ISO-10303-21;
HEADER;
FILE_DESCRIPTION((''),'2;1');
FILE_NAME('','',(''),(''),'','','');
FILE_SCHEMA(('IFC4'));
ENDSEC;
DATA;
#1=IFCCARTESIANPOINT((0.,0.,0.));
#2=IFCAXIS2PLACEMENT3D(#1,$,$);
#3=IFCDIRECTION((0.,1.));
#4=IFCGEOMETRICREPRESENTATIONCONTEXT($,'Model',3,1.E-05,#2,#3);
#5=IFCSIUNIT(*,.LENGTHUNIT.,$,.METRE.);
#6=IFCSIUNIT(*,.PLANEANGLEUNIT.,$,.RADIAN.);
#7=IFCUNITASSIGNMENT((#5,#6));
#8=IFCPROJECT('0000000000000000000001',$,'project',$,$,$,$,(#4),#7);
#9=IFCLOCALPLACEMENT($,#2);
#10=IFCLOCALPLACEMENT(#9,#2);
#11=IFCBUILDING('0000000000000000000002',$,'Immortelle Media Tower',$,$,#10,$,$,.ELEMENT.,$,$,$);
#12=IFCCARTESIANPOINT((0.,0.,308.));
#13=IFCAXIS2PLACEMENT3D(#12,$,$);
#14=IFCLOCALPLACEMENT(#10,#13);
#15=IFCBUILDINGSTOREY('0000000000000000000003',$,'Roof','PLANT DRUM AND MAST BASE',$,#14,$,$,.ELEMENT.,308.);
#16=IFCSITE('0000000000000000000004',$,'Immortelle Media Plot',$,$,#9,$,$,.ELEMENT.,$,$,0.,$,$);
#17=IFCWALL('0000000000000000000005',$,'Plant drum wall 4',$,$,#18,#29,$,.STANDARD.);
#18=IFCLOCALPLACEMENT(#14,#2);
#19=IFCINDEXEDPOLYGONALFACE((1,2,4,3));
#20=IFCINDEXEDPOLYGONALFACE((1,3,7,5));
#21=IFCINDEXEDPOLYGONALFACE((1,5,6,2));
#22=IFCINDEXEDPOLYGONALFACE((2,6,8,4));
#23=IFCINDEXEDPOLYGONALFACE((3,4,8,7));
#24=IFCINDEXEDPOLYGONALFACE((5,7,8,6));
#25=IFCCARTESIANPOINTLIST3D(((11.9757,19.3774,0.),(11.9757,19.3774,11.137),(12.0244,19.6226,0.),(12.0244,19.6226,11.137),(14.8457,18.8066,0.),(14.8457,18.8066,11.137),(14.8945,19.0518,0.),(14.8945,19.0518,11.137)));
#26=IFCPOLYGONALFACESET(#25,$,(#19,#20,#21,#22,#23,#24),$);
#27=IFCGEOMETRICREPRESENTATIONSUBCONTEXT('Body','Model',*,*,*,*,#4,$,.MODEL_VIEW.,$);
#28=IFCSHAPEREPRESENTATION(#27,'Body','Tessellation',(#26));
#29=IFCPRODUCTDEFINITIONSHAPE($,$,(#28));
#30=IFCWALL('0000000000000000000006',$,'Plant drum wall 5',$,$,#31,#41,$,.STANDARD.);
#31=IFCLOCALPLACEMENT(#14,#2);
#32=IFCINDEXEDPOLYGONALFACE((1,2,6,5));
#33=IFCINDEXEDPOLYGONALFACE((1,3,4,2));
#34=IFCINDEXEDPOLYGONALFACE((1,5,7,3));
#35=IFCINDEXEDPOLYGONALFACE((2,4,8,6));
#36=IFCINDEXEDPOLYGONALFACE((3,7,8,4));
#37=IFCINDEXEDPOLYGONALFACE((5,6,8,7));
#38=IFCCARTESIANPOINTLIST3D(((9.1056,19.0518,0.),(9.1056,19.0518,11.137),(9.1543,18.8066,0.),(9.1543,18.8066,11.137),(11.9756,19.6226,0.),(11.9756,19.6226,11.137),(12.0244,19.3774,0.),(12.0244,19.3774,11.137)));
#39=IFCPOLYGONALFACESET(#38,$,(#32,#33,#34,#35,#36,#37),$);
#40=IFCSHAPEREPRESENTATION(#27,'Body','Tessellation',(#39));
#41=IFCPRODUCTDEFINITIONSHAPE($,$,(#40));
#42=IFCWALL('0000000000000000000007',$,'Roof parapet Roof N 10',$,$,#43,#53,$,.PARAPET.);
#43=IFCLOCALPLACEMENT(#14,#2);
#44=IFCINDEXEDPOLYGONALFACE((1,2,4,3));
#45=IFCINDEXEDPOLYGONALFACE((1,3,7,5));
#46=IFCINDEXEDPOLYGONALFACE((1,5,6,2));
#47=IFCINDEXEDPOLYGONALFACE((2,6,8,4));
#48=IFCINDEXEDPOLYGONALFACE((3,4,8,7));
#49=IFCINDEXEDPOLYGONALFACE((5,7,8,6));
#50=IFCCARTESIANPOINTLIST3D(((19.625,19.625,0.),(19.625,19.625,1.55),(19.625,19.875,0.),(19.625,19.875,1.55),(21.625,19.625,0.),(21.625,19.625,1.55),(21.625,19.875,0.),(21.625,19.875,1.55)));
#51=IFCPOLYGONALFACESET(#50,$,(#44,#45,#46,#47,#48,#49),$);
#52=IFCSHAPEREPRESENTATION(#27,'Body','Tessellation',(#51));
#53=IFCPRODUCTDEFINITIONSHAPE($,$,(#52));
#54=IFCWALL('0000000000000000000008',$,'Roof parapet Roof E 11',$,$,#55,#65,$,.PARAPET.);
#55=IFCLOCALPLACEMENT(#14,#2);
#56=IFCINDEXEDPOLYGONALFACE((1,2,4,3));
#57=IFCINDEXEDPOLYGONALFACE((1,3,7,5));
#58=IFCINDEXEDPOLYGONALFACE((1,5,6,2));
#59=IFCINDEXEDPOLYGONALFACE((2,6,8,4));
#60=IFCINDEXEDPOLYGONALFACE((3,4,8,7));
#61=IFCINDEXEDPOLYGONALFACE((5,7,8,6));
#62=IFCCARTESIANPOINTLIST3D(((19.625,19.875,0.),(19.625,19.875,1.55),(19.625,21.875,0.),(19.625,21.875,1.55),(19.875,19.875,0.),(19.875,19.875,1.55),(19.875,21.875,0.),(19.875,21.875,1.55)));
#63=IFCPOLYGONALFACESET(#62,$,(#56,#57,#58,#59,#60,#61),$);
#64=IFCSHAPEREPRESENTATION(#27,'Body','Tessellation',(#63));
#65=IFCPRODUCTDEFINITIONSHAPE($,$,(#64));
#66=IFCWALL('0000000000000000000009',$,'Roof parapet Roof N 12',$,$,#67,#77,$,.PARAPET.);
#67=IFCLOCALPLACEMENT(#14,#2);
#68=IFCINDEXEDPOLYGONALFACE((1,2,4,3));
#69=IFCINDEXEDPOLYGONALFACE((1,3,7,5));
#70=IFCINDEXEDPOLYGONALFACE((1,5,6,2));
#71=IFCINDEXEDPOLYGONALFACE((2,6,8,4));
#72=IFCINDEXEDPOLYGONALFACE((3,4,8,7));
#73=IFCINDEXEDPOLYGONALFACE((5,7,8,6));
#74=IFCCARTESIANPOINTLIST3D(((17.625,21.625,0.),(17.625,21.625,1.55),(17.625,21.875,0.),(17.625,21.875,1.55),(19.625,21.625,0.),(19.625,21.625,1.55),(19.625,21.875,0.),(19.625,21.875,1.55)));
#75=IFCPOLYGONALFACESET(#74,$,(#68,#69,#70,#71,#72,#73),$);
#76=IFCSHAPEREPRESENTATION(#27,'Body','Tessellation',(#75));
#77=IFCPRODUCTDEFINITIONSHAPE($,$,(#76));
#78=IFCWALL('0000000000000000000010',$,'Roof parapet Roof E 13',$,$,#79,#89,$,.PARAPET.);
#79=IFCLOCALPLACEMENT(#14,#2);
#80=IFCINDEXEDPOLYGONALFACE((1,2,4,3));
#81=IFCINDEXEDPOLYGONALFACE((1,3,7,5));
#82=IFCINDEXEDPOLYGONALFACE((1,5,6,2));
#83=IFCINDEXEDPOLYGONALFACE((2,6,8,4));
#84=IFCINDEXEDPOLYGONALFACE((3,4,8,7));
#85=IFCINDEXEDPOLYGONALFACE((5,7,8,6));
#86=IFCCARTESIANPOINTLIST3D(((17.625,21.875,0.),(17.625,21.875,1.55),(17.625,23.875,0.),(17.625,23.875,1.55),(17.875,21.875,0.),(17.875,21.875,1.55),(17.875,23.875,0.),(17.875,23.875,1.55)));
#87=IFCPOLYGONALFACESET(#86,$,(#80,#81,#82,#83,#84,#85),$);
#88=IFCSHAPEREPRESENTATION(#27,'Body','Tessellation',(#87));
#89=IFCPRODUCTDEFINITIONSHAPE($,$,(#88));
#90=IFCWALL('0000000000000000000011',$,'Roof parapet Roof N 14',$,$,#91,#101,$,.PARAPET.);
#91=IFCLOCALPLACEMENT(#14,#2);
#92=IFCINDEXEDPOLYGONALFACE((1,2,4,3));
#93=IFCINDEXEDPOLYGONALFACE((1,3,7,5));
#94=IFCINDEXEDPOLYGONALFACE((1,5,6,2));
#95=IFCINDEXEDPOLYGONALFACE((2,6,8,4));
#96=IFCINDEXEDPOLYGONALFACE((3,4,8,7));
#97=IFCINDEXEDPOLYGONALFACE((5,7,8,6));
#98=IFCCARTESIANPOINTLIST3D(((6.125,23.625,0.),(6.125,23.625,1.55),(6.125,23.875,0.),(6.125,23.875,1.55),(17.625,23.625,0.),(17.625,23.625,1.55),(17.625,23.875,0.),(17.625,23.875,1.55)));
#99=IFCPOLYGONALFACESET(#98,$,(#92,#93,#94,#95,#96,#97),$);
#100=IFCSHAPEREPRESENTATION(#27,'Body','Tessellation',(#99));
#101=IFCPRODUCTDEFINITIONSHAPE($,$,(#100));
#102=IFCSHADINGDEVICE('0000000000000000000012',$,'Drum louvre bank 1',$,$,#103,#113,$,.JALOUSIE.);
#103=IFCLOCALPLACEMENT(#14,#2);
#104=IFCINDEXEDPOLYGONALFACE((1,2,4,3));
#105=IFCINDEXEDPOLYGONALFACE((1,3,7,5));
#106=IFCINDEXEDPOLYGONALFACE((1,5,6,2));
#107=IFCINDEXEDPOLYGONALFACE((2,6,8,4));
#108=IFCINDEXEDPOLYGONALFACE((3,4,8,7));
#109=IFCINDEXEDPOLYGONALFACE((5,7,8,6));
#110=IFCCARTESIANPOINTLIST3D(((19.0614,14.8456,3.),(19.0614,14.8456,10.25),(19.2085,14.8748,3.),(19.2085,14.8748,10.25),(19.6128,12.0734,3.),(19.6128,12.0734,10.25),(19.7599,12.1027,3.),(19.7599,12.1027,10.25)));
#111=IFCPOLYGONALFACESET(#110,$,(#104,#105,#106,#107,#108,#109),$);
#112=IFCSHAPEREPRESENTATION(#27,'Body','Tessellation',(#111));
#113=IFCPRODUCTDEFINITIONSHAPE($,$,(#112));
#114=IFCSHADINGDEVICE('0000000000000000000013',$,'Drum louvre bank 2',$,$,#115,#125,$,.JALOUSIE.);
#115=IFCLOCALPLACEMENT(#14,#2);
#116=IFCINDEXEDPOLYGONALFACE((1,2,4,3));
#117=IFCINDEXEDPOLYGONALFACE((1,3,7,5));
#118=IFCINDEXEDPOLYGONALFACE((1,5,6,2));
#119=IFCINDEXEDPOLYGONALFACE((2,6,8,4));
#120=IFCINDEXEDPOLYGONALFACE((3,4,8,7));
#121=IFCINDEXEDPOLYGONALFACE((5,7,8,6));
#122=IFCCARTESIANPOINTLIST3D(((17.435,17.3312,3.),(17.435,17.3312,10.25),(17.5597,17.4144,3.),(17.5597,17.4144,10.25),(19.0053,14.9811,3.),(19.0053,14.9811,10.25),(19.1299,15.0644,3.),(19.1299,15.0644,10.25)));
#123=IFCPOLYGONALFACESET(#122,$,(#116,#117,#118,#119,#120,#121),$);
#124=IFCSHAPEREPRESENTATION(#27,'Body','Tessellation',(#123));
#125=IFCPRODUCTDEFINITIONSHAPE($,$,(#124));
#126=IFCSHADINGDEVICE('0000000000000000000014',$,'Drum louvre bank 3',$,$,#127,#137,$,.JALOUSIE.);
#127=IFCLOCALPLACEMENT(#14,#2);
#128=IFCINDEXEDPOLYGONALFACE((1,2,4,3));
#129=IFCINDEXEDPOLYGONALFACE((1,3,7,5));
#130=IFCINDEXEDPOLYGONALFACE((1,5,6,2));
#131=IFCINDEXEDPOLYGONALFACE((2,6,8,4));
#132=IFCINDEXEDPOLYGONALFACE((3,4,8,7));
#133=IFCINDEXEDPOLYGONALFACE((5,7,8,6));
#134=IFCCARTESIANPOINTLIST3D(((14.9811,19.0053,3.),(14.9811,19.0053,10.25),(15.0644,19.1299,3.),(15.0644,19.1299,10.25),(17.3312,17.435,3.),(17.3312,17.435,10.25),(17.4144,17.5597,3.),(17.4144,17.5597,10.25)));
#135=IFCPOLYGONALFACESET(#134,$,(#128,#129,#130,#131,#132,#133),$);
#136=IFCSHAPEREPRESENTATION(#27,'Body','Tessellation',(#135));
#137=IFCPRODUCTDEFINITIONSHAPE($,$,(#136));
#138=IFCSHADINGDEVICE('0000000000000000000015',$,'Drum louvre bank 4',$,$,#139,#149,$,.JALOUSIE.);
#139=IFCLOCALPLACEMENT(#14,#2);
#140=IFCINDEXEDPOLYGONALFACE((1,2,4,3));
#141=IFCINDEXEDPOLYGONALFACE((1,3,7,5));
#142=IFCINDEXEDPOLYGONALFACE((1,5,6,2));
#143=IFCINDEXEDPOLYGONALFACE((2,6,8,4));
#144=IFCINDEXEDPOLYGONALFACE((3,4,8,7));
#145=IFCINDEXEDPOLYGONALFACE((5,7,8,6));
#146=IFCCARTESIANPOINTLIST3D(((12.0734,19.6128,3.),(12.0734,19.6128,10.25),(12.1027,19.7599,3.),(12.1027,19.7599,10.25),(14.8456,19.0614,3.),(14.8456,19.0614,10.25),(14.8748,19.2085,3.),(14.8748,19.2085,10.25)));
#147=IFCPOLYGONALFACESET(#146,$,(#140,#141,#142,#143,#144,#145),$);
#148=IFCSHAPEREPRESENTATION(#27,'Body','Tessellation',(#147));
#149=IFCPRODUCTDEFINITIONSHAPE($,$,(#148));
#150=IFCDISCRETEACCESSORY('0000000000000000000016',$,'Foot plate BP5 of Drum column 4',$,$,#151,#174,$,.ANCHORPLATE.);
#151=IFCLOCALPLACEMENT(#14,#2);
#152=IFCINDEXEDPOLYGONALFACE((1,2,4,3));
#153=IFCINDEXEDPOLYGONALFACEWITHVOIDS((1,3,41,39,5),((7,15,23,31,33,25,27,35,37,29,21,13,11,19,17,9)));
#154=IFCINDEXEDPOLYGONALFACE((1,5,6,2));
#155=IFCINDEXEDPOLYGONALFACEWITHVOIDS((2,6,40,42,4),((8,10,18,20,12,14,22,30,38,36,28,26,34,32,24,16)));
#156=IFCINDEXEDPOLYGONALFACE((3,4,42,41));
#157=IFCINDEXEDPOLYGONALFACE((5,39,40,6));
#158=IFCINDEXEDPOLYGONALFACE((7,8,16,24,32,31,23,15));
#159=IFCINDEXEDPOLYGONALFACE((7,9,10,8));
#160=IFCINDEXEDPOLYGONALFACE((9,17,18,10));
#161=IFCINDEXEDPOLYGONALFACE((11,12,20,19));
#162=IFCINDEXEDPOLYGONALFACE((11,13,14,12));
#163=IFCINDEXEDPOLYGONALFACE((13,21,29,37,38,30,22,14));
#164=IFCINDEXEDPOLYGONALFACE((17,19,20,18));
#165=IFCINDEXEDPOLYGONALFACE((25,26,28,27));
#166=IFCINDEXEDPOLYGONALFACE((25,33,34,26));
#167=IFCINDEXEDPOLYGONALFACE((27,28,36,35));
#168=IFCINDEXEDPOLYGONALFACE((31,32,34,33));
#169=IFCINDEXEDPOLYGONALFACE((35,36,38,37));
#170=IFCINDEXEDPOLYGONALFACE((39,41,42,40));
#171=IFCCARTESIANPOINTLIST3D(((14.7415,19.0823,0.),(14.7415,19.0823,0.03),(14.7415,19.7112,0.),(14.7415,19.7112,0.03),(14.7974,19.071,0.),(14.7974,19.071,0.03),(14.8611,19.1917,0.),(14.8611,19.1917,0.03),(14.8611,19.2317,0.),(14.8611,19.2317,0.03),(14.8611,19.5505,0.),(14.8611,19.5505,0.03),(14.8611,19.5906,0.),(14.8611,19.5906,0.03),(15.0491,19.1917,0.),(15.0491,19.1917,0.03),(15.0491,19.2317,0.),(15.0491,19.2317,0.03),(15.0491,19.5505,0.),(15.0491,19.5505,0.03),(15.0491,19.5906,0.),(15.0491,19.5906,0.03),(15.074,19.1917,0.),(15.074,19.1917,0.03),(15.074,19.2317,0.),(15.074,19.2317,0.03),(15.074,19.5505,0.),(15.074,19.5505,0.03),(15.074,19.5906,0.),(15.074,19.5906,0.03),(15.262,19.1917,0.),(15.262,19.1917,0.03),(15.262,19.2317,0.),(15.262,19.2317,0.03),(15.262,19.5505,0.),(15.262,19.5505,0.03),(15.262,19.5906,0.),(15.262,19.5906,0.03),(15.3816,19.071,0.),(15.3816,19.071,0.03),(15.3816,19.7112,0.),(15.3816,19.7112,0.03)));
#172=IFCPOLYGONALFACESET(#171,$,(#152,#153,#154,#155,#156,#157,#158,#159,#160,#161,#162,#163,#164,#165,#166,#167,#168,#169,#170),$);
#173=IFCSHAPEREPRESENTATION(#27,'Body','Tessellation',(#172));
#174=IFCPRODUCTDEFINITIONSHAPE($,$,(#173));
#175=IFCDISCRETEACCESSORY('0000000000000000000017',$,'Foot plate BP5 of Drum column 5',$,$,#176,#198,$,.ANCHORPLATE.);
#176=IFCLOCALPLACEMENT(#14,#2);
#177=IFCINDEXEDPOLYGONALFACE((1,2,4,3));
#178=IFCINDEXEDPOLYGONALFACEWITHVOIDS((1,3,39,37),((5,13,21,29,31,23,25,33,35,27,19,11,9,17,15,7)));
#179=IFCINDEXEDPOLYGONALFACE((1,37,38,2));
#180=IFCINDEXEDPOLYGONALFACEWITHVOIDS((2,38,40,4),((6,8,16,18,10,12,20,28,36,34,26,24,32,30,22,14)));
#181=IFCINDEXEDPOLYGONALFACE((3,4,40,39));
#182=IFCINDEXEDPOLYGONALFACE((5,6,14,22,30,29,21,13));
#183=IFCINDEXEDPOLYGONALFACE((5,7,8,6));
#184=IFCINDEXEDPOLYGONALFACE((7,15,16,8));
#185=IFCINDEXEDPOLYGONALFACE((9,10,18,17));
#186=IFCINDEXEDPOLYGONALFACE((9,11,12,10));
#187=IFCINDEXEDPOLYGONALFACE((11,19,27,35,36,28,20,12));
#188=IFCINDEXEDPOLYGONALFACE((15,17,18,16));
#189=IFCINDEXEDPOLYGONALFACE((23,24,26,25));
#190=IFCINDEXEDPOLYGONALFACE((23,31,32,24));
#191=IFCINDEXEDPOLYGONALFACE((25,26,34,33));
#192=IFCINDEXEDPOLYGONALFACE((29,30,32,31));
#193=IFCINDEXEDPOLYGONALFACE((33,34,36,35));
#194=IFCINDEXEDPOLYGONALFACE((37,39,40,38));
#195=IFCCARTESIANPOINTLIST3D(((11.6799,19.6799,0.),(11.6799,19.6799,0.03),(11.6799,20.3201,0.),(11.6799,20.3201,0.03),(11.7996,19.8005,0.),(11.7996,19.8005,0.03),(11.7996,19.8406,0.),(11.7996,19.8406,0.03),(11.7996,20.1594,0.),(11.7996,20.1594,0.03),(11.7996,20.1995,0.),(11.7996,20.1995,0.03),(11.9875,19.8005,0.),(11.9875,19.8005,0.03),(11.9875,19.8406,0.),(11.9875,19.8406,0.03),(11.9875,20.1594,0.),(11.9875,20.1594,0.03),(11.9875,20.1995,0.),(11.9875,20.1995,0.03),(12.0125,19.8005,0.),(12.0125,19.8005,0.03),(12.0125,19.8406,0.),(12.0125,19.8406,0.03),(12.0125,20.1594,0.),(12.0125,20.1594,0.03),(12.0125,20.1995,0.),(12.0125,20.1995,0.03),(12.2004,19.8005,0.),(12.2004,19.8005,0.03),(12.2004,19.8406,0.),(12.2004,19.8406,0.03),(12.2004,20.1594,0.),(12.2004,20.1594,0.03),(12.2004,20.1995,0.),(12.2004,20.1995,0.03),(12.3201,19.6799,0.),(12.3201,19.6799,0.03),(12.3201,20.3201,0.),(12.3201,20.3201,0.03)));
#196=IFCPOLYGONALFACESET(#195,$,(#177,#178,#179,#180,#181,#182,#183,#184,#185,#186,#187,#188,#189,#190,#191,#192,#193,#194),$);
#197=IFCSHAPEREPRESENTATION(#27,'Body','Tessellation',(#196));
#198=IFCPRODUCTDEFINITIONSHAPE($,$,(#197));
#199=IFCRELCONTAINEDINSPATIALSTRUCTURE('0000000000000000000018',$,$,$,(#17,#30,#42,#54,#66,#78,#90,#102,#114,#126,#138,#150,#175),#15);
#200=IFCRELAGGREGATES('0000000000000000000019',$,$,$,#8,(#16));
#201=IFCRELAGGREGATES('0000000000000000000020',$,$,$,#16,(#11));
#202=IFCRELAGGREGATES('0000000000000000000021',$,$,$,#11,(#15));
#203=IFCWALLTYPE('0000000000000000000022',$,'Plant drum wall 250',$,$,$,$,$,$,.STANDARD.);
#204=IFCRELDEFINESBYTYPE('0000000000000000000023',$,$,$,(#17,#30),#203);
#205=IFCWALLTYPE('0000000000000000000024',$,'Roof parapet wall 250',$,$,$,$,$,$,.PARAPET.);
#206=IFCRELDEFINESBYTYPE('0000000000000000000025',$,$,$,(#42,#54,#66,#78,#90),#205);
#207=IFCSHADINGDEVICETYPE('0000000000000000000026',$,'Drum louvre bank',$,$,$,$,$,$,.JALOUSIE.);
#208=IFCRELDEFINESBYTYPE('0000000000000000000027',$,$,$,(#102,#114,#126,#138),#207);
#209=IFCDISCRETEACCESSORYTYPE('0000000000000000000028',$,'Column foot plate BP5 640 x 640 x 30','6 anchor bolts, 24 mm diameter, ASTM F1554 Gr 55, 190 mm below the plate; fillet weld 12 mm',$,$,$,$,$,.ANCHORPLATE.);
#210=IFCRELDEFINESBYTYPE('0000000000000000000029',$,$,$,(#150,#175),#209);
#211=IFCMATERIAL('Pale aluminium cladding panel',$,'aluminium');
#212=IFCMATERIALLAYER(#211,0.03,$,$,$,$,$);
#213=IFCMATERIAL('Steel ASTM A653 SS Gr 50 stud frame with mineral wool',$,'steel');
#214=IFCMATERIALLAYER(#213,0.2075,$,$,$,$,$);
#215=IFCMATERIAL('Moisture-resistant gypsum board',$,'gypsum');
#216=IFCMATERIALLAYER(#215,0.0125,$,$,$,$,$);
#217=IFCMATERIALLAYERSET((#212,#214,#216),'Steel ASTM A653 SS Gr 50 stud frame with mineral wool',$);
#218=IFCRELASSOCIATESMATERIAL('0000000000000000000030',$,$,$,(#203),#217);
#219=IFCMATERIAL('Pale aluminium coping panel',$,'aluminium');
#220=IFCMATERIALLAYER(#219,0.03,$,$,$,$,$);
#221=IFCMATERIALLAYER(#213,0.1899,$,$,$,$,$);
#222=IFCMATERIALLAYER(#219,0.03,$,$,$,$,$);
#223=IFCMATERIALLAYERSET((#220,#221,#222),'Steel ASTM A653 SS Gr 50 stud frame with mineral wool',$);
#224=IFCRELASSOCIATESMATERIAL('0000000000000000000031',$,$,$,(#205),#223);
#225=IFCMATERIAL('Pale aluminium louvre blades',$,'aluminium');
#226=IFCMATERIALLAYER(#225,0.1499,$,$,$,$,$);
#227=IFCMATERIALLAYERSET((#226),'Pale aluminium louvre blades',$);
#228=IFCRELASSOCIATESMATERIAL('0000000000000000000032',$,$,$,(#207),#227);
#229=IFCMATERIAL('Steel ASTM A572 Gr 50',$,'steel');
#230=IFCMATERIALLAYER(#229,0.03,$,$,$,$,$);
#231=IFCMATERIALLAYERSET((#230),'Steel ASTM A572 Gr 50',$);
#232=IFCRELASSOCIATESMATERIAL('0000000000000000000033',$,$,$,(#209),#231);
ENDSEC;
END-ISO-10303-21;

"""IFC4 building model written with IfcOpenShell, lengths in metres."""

from ifc_helpers import new_model, si_unit, direction, frame, frame_2d, origin, origin_2d, place, context, subcontext, project, spatial, polyline, rectangle, outline, extrude, material, layer, layer_set, type_object, element, save


model = new_model("IFC4")

# Units and contexts
model_context = context("Model", 3, precision=1e-05, world=origin(), true_north=direction((0.0, 1.0)))
body_context = subcontext(model_context, "Body", "Model", "MODEL_VIEW")
ifc_project = project(units=[si_unit("LENGTHUNIT", "METRE"), si_unit("PLANEANGLEUNIT", "RADIAN")], contexts=[model_context])

# Site, building, storey
site_placement = place(None, origin())
site = spatial("IfcSite", under=ifc_project, at=site_placement, Name="Immortelle Media Plot", CompositionType="ELEMENT", RefElevation=0.0)
building_placement = place(site_placement, origin())
building = spatial("IfcBuilding", under=site, at=building_placement, Name="Immortelle Media Tower", CompositionType="ELEMENT")
storey_placement = place(building_placement, frame((0.0, 0.0, 308.0)))
storey = spatial("IfcBuildingStorey", under=building, at=storey_placement, Name="Roof", Description="PLANT DRUM AND MAST BASE", CompositionType="ELEMENT", Elevation=308.0)

# Walls
ifc_material_1 = material(Name="Pale aluminium cladding panel", Category="aluminium")
ifc_layer_1 = layer(ifc_material_1, 0.03)
ifc_material_2 = material(Name="Steel ASTM A653 SS Gr 50 stud frame with mineral wool", Category="steel")
ifc_layer_2 = layer(ifc_material_2, 0.2075)
ifc_material_3 = material(Name="Moisture-resistant gypsum board", Category="gypsum")
ifc_layer_3 = layer(ifc_material_3, 0.0125)
ifc_layer_set_1 = layer_set([ifc_layer_1, ifc_layer_2, ifc_layer_3], Name="Steel ASTM A653 SS Gr 50 stud frame with mineral wool")
wall_type_1 = type_object("IfcWallType", Name="Plant drum wall 250", PredefinedType="STANDARD", material=ifc_layer_set_1)
for number, where, z_axis, x_axis, name in (
    (1, (14.8701, 18.9292, 0.0), (0.0, 0.0, 1.0), (-0.980792, 0.195057, 0.0), "Plant drum wall 4"),
    (2, (12.0, 19.5, 0.0), (0.0, 0.0, 1.0), (-0.980792, -0.195057, 0.0), "Plant drum wall 5"),
):
    element("IfcWall", number, at=place(storey_placement, frame(where, z_axis=z_axis, x_axis=x_axis)), inside=storey, type_object=wall_type_1, Name=name, PredefinedType="STANDARD", context=body_context, shape_type="SweptSolid", body=[
        extrude(rectangle(XDim=2.9263, YDim=0.25, at=frame_2d((1.4631, 0.0))), origin(), (0.0, 0.0, 1.0), 11.137),
    ])
ifc_material_4 = material(Name="Pale aluminium coping panel", Category="aluminium")
ifc_layer_4 = layer(ifc_material_4, 0.03)
ifc_layer_5 = layer(ifc_material_2, 0.1899)
ifc_layer_6 = layer(ifc_material_4, 0.03)
ifc_layer_set_2 = layer_set([ifc_layer_4, ifc_layer_5, ifc_layer_6], Name="Steel ASTM A653 SS Gr 50 stud frame with mineral wool")
wall_type_2 = type_object("IfcWallType", Name="Roof parapet wall 250", PredefinedType="PARAPET", material=ifc_layer_set_2)
for number, where, z_axis, x_axis, name in (
    (3, (21.625, 19.75, 0.0), (0.0, 0.0, 1.0), (-1.0, 0.0, 0.0), "Roof parapet Roof N 10"),
    (4, (19.75, 19.875, 0.0), (0.0, 0.0, 1.0), (0.0, 1.0, 0.0), "Roof parapet Roof E 11"),
    (5, (19.625, 21.75, 0.0), (0.0, 0.0, 1.0), (-1.0, 0.0, 0.0), "Roof parapet Roof N 12"),
    (6, (17.75, 21.875, 0.0), (0.0, 0.0, 1.0), (0.0, 1.0, 0.0), "Roof parapet Roof E 13"),
):
    element("IfcWall", number, at=place(storey_placement, frame(where, z_axis=z_axis, x_axis=x_axis)), inside=storey, type_object=wall_type_2, Name=name, PredefinedType="PARAPET", context=body_context, shape_type="SweptSolid", body=[
        extrude(rectangle(XDim=2.0, YDim=0.25, at=frame_2d((1.0, 0.0))), origin(), (0.0, 0.0, 1.0), 1.55),
    ])
wall_placement = place(storey_placement, frame((17.625, 23.75, 0.0), z_axis=(0.0, 0.0, 1.0), x_axis=(-1.0, 0.0, 0.0)))
element("IfcWall", 7, at=wall_placement, inside=storey, type_object=wall_type_2, Name="Roof parapet Roof N 14", PredefinedType="PARAPET", context=body_context, shape_type="SweptSolid", body=[
    extrude(rectangle(XDim=11.5, YDim=0.25, at=frame_2d((5.75, 0.0))), origin(), (0.0, 0.0, 1.0), 1.55),
])

# Shading devices
ifc_material_5 = material(Name="Pale aluminium louvre blades", Category="aluminium")
ifc_layer_7 = layer(ifc_material_5, 0.1499)
ifc_layer_set_3 = layer_set([ifc_layer_7], Name="Pale aluminium louvre blades")
shading_device_type = type_object("IfcShadingDeviceType", Name="Drum louvre bank", PredefinedType="JALOUSIE", material=ifc_layer_set_3)
for number, where, z_axis, x_axis, name in (
    (8, (19.4106, 13.4741, 3.0), (0.0, 0.0, 1.0), (-0.19509, 0.980785, 0.0), "Drum louvre bank 1"),
    (9, (18.2825, 16.1978, 3.0), (0.0, 0.0, 1.0), (-0.55557, 0.83147, 0.0), "Drum louvre bank 2"),
    (10, (16.1978, 18.2825, 3.0), (0.0, 0.0, 1.0), (-0.83147, 0.55557, 0.0), "Drum louvre bank 3"),
    (11, (13.4741, 19.4106, 3.0), (0.0, 0.0, 1.0), (-0.980785, 0.19509, 0.0), "Drum louvre bank 4"),
):
    element("IfcShadingDevice", number, at=place(storey_placement, frame(where, z_axis=z_axis, x_axis=x_axis)), inside=storey, type_object=shading_device_type, Name=name, PredefinedType="JALOUSIE", context=body_context, shape_type="SweptSolid", body=[
        extrude(rectangle(XDim=2.8264, YDim=0.1499, at=origin_2d()), origin(), (0.0, 0.0, 1.0), 7.25),
    ])

# Discrete accessories
ifc_material_6 = material(Name="Steel ASTM A572 Gr 50", Category="steel")
ifc_layer_8 = layer(ifc_material_6, 0.03)
ifc_layer_set_4 = layer_set([ifc_layer_8], Name="Steel ASTM A572 Gr 50")
discrete_accessory_type_1 = type_object("IfcDiscreteAccessoryType", Name="Column foot plate BP5 640 x 640 x 30", Description="6 anchor bolts, 24 mm diameter, ASTM F1554 Gr 55, 190 mm below the plate; fillet weld 12 mm", PredefinedType="ANCHORPLATE", material=ifc_layer_set_4)
discrete_accessory_1_placement = place(storey_placement, frame((15.0615, 19.3911, 0.0), z_axis=(0.0, 0.0, 1.0), x_axis=(1.0, 0.0, 0.0)))
element("IfcDiscreteAccessory", 12, at=discrete_accessory_1_placement, inside=storey, type_object=discrete_accessory_type_1, Name="Foot plate BP5 of Drum column 4", PredefinedType="ANCHORPLATE", context=body_context, shape_type="SweptSolid", body=[
    extrude(outline(polyline([(0.3201, 0.3201), (-0.3201, 0.3201), (-0.3201, -0.3088), (-0.2642, -0.3201), (0.3201, -0.3201), (0.3201, 0.3201)]), holes=[polyline([(0.0125, -0.1594), (0.2004, -0.1594), (0.2004, -0.1995), (0.0125, -0.1995), (-0.0125, -0.1995), (-0.2004, -0.1995), (-0.2004, -0.1594), (-0.0125, -0.1594), (-0.0125, 0.1594), (-0.2004, 0.1594), (-0.2004, 0.1995), (-0.0125, 0.1995), (0.0125, 0.1995), (0.2004, 0.1995), (0.2004, 0.1594), (0.0125, 0.1594), (0.0125, -0.1594)])]), origin(), (0.0, 0.0, 1.0), 0.03),
])
discrete_accessory_2_placement = place(storey_placement, frame((12.0, 20.0, 0.0), z_axis=(0.0, 0.0, 1.0), x_axis=(1.0, 0.0, 0.0)))
element("IfcDiscreteAccessory", 13, at=discrete_accessory_2_placement, inside=storey, type_object=discrete_accessory_type_1, Name="Foot plate BP5 of Drum column 5", PredefinedType="ANCHORPLATE", context=body_context, shape_type="SweptSolid", body=[
    extrude(outline(polyline([(-0.3201, -0.3201), (0.3201, -0.3201), (0.3201, 0.3201), (-0.3201, 0.3201), (-0.3201, -0.3201)]), holes=[polyline([(0.0125, -0.1594), (0.2004, -0.1594), (0.2004, -0.1995), (0.0125, -0.1995), (-0.0125, -0.1995), (-0.2004, -0.1995), (-0.2004, -0.1594), (-0.0125, -0.1594), (-0.0125, 0.1594), (-0.2004, 0.1594), (-0.2004, 0.1995), (-0.0125, 0.1995), (0.0125, 0.1995), (0.2004, 0.1995), (0.2004, 0.1594), (0.0125, 0.1594), (0.0125, -0.1594)])]), origin(), (0.0, 0.0, 1.0), 0.03),
])

save(model, "model.ifc")
